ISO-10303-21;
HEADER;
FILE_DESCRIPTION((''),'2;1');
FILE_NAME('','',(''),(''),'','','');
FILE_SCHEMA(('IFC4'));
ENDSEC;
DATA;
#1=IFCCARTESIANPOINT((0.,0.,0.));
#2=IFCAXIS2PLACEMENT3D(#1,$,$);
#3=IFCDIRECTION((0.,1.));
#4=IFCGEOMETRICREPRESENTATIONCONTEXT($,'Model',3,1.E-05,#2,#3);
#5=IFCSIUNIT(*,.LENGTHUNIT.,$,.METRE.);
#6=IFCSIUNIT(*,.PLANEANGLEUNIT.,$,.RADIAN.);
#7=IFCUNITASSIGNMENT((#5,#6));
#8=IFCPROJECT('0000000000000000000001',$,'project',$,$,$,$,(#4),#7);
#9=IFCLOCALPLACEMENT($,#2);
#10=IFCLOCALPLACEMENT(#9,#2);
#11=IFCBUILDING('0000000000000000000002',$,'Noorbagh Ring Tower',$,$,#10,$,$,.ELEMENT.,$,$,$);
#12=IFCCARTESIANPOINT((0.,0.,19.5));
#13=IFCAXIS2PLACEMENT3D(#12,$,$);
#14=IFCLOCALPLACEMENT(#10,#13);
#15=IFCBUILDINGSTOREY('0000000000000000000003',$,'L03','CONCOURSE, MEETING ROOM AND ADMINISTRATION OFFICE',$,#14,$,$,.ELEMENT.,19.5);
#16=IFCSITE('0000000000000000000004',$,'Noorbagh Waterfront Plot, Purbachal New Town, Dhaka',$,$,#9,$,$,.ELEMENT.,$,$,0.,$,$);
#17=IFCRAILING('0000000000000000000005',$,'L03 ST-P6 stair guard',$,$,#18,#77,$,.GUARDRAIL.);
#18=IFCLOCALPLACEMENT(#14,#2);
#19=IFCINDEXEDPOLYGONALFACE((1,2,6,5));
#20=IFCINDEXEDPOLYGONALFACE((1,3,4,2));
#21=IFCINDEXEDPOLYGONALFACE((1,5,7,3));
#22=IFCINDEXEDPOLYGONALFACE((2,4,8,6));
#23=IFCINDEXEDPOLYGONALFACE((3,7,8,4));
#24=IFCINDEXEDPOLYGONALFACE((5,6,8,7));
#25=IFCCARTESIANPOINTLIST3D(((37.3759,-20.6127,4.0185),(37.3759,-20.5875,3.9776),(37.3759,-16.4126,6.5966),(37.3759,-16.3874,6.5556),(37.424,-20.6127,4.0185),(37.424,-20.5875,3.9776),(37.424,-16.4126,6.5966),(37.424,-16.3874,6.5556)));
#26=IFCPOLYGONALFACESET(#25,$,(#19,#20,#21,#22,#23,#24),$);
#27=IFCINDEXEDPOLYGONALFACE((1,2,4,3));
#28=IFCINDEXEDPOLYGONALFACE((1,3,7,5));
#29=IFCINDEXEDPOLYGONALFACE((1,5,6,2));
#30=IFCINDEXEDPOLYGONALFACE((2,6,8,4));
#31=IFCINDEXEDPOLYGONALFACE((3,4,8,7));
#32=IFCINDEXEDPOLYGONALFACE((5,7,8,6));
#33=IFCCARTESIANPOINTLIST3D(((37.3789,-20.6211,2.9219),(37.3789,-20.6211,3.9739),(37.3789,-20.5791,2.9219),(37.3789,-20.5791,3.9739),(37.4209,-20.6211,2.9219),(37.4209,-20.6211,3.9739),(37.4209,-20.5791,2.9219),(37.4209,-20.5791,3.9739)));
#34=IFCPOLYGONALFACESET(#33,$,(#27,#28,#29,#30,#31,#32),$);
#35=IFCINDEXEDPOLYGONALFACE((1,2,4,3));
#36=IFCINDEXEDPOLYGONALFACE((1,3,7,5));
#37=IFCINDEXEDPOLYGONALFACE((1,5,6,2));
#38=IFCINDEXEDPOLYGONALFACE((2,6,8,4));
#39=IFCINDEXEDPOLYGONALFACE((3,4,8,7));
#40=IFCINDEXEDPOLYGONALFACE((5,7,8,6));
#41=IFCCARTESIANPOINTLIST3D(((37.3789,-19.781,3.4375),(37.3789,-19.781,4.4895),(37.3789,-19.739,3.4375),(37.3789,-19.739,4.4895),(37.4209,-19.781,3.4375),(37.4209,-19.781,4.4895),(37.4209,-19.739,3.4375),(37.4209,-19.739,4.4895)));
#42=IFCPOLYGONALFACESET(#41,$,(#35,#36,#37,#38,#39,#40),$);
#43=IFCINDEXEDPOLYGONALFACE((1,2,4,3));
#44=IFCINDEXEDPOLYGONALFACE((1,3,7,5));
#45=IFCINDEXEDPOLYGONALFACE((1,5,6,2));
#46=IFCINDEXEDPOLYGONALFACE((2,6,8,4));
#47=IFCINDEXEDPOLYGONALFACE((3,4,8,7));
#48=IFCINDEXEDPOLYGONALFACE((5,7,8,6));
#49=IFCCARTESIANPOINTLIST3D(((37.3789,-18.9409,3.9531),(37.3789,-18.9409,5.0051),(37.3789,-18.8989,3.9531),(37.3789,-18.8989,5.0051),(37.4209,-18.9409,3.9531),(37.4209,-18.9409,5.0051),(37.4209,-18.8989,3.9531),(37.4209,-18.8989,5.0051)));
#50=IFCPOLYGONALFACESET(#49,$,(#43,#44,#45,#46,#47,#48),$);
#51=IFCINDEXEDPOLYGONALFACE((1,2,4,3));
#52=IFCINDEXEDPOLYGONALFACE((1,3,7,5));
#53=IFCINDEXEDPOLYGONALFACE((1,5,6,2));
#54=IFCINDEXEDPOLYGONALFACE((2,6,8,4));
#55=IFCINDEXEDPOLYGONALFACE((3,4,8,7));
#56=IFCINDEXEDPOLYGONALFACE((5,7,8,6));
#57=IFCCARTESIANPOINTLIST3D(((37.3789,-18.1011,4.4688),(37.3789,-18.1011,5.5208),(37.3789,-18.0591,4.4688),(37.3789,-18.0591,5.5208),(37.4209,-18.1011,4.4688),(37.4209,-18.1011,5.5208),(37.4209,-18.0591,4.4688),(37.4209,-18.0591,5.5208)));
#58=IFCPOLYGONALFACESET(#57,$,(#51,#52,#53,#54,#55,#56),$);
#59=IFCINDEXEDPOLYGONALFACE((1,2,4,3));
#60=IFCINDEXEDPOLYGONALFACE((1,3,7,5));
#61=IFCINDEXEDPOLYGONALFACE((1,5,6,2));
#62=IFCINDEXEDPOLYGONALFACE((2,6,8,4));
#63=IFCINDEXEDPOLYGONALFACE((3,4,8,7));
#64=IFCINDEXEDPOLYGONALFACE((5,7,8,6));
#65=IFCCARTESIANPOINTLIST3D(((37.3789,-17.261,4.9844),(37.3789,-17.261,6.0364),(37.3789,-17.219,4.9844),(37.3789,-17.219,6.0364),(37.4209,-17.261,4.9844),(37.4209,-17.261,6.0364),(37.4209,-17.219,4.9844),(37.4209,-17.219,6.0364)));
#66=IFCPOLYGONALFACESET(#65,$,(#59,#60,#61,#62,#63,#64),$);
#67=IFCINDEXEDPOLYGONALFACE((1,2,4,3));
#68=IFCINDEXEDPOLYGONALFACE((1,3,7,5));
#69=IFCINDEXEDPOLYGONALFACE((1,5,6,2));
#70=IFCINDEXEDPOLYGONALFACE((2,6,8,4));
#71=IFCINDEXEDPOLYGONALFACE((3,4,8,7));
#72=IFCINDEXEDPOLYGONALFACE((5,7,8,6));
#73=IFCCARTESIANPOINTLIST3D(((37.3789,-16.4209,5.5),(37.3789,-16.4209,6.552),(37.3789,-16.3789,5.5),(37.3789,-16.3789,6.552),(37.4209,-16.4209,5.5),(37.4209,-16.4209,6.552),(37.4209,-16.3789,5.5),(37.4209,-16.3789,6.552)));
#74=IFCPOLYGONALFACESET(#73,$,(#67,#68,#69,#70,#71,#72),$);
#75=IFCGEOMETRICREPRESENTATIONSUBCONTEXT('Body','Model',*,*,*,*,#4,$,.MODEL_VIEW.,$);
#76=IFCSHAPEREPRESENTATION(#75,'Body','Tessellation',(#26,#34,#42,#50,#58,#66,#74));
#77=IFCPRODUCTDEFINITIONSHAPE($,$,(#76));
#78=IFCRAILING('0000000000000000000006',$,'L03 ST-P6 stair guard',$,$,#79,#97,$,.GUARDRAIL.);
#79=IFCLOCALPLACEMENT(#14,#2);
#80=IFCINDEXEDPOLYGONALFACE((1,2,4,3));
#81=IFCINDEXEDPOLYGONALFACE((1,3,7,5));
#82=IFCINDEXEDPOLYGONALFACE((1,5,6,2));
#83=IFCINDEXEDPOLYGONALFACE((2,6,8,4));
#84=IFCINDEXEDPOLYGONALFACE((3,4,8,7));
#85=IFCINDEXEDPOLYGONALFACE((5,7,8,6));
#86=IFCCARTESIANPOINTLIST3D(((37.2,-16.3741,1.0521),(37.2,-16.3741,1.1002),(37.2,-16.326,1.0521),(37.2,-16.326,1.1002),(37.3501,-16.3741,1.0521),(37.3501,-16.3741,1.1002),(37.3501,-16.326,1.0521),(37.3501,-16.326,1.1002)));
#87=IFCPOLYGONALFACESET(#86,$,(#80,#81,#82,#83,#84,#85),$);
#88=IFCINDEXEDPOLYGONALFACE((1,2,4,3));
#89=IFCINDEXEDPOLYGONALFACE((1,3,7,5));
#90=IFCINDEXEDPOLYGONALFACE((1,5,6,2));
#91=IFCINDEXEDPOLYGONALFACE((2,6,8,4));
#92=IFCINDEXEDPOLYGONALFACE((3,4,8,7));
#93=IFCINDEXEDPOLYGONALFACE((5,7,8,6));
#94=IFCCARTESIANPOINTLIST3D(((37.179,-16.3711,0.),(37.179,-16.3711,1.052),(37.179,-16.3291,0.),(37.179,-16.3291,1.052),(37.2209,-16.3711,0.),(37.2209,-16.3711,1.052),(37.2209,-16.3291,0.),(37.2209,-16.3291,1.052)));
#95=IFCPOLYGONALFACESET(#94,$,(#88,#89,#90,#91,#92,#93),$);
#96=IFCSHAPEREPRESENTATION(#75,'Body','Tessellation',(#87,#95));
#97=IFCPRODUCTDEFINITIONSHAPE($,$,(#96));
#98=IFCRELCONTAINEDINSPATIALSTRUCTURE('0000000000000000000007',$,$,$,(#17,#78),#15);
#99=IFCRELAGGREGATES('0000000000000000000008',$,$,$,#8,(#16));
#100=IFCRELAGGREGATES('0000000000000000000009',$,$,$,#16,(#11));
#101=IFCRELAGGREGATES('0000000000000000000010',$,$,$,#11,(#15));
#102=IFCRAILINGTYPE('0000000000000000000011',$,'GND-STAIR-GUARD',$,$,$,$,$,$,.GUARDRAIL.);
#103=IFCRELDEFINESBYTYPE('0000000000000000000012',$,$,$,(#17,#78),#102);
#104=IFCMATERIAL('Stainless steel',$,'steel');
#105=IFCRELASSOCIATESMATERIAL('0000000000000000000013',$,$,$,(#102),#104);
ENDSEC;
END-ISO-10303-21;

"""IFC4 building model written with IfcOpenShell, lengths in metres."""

from ifc_helpers import new_model, si_unit, direction, frame, origin, origin_2d, place, context, subcontext, project, spatial, rectangle, extrude, material, type_object, element, save


model = new_model("IFC4")

# Units and contexts
model_context = context("Model", 3, precision=1e-05, world=origin(), true_north=direction((0.0, 1.0)))
body_context = subcontext(model_context, "Body", "Model", "MODEL_VIEW")
ifc_project = project(units=[si_unit("LENGTHUNIT", "METRE"), si_unit("PLANEANGLEUNIT", "RADIAN")], contexts=[model_context])

# Site, building, storey
site_placement = place(None, origin())
site = spatial("IfcSite", under=ifc_project, at=site_placement, Name="Noorbagh Waterfront Plot, Purbachal New Town, Dhaka", CompositionType="ELEMENT", RefElevation=0.0)
building_placement = place(site_placement, origin())
building = spatial("IfcBuilding", under=site, at=building_placement, Name="Noorbagh Ring Tower", CompositionType="ELEMENT")
storey_placement = place(building_placement, frame((0.0, 0.0, 19.5)))
storey = spatial("IfcBuildingStorey", under=building, at=storey_placement, Name="L03", Description="CONCOURSE, MEETING ROOM AND ADMINISTRATION OFFICE", CompositionType="ELEMENT", Elevation=19.5)

# Railings
ifc_material_1 = material(Name="Stainless steel", Category="steel")
railing_type_1 = type_object("IfcRailingType", Name="GND-STAIR-GUARD", PredefinedType="GUARDRAIL", material=ifc_material_1)
railing_1_placement = place(storey_placement, frame((37.3999, -20.6001, 2.9219)))
element("IfcRailing", 1, at=railing_1_placement, inside=storey, type_object=railing_type_1, Name="L03 ST-P6 stair guard", PredefinedType="GUARDRAIL", context=body_context, shape_type="SweptSolid", body=[
    extrude(rectangle(XDim=0.0481, YDim=0.0481, at=origin_2d()), frame((0.0, 0.0, 1.0762), z_axis=(0.0, 0.852256, 0.523124), x_axis=(-1.0, 0.0, 0.0)), (0.0, 0.0, 1.0), 4.9282),
    extrude(rectangle(XDim=0.042, YDim=0.042, at=origin_2d()), origin(), (0.0, 0.0, 1.0), 1.052),
    extrude(rectangle(XDim=0.042, YDim=0.042, at=origin_2d()), frame((0.0, 0.8401, 0.5156)), (0.0, 0.0, 1.0), 1.052),
    extrude(rectangle(XDim=0.042, YDim=0.042, at=origin_2d()), frame((0.0, 1.6802, 1.0312)), (0.0, 0.0, 1.0), 1.052),
    extrude(rectangle(XDim=0.042, YDim=0.042, at=origin_2d()), frame((0.0, 2.52, 1.5469)), (0.0, 0.0, 1.0), 1.052),
    extrude(rectangle(XDim=0.042, YDim=0.042, at=origin_2d()), frame((0.0, 3.3601, 2.0625)), (0.0, 0.0, 1.0), 1.052),
    extrude(rectangle(XDim=0.042, YDim=0.042, at=origin_2d()), frame((0.0, 4.2002, 2.5781)), (0.0, 0.0, 1.0), 1.052),
])
railing_2_placement = place(storey_placement, frame((37.2, -16.3501, 0.0)))
element("IfcRailing", 2, at=railing_2_placement, inside=storey, type_object=railing_type_1, Name="L03 ST-P6 stair guard", PredefinedType="GUARDRAIL", context=body_context, shape_type="SweptSolid", body=[
    extrude(rectangle(XDim=0.0481, YDim=0.0481, at=origin_2d()), frame((0.0, 0.0, 1.0762), z_axis=(1.0, 0.0, 0.0), x_axis=(0.0, 1.0, 0.0)), (0.0, 0.0, 1.0), 0.1501),
    extrude(rectangle(XDim=0.042, YDim=0.042, at=origin_2d()), origin(), (0.0, 0.0, 1.0), 1.052),
])

save(model, "model.ifc")
